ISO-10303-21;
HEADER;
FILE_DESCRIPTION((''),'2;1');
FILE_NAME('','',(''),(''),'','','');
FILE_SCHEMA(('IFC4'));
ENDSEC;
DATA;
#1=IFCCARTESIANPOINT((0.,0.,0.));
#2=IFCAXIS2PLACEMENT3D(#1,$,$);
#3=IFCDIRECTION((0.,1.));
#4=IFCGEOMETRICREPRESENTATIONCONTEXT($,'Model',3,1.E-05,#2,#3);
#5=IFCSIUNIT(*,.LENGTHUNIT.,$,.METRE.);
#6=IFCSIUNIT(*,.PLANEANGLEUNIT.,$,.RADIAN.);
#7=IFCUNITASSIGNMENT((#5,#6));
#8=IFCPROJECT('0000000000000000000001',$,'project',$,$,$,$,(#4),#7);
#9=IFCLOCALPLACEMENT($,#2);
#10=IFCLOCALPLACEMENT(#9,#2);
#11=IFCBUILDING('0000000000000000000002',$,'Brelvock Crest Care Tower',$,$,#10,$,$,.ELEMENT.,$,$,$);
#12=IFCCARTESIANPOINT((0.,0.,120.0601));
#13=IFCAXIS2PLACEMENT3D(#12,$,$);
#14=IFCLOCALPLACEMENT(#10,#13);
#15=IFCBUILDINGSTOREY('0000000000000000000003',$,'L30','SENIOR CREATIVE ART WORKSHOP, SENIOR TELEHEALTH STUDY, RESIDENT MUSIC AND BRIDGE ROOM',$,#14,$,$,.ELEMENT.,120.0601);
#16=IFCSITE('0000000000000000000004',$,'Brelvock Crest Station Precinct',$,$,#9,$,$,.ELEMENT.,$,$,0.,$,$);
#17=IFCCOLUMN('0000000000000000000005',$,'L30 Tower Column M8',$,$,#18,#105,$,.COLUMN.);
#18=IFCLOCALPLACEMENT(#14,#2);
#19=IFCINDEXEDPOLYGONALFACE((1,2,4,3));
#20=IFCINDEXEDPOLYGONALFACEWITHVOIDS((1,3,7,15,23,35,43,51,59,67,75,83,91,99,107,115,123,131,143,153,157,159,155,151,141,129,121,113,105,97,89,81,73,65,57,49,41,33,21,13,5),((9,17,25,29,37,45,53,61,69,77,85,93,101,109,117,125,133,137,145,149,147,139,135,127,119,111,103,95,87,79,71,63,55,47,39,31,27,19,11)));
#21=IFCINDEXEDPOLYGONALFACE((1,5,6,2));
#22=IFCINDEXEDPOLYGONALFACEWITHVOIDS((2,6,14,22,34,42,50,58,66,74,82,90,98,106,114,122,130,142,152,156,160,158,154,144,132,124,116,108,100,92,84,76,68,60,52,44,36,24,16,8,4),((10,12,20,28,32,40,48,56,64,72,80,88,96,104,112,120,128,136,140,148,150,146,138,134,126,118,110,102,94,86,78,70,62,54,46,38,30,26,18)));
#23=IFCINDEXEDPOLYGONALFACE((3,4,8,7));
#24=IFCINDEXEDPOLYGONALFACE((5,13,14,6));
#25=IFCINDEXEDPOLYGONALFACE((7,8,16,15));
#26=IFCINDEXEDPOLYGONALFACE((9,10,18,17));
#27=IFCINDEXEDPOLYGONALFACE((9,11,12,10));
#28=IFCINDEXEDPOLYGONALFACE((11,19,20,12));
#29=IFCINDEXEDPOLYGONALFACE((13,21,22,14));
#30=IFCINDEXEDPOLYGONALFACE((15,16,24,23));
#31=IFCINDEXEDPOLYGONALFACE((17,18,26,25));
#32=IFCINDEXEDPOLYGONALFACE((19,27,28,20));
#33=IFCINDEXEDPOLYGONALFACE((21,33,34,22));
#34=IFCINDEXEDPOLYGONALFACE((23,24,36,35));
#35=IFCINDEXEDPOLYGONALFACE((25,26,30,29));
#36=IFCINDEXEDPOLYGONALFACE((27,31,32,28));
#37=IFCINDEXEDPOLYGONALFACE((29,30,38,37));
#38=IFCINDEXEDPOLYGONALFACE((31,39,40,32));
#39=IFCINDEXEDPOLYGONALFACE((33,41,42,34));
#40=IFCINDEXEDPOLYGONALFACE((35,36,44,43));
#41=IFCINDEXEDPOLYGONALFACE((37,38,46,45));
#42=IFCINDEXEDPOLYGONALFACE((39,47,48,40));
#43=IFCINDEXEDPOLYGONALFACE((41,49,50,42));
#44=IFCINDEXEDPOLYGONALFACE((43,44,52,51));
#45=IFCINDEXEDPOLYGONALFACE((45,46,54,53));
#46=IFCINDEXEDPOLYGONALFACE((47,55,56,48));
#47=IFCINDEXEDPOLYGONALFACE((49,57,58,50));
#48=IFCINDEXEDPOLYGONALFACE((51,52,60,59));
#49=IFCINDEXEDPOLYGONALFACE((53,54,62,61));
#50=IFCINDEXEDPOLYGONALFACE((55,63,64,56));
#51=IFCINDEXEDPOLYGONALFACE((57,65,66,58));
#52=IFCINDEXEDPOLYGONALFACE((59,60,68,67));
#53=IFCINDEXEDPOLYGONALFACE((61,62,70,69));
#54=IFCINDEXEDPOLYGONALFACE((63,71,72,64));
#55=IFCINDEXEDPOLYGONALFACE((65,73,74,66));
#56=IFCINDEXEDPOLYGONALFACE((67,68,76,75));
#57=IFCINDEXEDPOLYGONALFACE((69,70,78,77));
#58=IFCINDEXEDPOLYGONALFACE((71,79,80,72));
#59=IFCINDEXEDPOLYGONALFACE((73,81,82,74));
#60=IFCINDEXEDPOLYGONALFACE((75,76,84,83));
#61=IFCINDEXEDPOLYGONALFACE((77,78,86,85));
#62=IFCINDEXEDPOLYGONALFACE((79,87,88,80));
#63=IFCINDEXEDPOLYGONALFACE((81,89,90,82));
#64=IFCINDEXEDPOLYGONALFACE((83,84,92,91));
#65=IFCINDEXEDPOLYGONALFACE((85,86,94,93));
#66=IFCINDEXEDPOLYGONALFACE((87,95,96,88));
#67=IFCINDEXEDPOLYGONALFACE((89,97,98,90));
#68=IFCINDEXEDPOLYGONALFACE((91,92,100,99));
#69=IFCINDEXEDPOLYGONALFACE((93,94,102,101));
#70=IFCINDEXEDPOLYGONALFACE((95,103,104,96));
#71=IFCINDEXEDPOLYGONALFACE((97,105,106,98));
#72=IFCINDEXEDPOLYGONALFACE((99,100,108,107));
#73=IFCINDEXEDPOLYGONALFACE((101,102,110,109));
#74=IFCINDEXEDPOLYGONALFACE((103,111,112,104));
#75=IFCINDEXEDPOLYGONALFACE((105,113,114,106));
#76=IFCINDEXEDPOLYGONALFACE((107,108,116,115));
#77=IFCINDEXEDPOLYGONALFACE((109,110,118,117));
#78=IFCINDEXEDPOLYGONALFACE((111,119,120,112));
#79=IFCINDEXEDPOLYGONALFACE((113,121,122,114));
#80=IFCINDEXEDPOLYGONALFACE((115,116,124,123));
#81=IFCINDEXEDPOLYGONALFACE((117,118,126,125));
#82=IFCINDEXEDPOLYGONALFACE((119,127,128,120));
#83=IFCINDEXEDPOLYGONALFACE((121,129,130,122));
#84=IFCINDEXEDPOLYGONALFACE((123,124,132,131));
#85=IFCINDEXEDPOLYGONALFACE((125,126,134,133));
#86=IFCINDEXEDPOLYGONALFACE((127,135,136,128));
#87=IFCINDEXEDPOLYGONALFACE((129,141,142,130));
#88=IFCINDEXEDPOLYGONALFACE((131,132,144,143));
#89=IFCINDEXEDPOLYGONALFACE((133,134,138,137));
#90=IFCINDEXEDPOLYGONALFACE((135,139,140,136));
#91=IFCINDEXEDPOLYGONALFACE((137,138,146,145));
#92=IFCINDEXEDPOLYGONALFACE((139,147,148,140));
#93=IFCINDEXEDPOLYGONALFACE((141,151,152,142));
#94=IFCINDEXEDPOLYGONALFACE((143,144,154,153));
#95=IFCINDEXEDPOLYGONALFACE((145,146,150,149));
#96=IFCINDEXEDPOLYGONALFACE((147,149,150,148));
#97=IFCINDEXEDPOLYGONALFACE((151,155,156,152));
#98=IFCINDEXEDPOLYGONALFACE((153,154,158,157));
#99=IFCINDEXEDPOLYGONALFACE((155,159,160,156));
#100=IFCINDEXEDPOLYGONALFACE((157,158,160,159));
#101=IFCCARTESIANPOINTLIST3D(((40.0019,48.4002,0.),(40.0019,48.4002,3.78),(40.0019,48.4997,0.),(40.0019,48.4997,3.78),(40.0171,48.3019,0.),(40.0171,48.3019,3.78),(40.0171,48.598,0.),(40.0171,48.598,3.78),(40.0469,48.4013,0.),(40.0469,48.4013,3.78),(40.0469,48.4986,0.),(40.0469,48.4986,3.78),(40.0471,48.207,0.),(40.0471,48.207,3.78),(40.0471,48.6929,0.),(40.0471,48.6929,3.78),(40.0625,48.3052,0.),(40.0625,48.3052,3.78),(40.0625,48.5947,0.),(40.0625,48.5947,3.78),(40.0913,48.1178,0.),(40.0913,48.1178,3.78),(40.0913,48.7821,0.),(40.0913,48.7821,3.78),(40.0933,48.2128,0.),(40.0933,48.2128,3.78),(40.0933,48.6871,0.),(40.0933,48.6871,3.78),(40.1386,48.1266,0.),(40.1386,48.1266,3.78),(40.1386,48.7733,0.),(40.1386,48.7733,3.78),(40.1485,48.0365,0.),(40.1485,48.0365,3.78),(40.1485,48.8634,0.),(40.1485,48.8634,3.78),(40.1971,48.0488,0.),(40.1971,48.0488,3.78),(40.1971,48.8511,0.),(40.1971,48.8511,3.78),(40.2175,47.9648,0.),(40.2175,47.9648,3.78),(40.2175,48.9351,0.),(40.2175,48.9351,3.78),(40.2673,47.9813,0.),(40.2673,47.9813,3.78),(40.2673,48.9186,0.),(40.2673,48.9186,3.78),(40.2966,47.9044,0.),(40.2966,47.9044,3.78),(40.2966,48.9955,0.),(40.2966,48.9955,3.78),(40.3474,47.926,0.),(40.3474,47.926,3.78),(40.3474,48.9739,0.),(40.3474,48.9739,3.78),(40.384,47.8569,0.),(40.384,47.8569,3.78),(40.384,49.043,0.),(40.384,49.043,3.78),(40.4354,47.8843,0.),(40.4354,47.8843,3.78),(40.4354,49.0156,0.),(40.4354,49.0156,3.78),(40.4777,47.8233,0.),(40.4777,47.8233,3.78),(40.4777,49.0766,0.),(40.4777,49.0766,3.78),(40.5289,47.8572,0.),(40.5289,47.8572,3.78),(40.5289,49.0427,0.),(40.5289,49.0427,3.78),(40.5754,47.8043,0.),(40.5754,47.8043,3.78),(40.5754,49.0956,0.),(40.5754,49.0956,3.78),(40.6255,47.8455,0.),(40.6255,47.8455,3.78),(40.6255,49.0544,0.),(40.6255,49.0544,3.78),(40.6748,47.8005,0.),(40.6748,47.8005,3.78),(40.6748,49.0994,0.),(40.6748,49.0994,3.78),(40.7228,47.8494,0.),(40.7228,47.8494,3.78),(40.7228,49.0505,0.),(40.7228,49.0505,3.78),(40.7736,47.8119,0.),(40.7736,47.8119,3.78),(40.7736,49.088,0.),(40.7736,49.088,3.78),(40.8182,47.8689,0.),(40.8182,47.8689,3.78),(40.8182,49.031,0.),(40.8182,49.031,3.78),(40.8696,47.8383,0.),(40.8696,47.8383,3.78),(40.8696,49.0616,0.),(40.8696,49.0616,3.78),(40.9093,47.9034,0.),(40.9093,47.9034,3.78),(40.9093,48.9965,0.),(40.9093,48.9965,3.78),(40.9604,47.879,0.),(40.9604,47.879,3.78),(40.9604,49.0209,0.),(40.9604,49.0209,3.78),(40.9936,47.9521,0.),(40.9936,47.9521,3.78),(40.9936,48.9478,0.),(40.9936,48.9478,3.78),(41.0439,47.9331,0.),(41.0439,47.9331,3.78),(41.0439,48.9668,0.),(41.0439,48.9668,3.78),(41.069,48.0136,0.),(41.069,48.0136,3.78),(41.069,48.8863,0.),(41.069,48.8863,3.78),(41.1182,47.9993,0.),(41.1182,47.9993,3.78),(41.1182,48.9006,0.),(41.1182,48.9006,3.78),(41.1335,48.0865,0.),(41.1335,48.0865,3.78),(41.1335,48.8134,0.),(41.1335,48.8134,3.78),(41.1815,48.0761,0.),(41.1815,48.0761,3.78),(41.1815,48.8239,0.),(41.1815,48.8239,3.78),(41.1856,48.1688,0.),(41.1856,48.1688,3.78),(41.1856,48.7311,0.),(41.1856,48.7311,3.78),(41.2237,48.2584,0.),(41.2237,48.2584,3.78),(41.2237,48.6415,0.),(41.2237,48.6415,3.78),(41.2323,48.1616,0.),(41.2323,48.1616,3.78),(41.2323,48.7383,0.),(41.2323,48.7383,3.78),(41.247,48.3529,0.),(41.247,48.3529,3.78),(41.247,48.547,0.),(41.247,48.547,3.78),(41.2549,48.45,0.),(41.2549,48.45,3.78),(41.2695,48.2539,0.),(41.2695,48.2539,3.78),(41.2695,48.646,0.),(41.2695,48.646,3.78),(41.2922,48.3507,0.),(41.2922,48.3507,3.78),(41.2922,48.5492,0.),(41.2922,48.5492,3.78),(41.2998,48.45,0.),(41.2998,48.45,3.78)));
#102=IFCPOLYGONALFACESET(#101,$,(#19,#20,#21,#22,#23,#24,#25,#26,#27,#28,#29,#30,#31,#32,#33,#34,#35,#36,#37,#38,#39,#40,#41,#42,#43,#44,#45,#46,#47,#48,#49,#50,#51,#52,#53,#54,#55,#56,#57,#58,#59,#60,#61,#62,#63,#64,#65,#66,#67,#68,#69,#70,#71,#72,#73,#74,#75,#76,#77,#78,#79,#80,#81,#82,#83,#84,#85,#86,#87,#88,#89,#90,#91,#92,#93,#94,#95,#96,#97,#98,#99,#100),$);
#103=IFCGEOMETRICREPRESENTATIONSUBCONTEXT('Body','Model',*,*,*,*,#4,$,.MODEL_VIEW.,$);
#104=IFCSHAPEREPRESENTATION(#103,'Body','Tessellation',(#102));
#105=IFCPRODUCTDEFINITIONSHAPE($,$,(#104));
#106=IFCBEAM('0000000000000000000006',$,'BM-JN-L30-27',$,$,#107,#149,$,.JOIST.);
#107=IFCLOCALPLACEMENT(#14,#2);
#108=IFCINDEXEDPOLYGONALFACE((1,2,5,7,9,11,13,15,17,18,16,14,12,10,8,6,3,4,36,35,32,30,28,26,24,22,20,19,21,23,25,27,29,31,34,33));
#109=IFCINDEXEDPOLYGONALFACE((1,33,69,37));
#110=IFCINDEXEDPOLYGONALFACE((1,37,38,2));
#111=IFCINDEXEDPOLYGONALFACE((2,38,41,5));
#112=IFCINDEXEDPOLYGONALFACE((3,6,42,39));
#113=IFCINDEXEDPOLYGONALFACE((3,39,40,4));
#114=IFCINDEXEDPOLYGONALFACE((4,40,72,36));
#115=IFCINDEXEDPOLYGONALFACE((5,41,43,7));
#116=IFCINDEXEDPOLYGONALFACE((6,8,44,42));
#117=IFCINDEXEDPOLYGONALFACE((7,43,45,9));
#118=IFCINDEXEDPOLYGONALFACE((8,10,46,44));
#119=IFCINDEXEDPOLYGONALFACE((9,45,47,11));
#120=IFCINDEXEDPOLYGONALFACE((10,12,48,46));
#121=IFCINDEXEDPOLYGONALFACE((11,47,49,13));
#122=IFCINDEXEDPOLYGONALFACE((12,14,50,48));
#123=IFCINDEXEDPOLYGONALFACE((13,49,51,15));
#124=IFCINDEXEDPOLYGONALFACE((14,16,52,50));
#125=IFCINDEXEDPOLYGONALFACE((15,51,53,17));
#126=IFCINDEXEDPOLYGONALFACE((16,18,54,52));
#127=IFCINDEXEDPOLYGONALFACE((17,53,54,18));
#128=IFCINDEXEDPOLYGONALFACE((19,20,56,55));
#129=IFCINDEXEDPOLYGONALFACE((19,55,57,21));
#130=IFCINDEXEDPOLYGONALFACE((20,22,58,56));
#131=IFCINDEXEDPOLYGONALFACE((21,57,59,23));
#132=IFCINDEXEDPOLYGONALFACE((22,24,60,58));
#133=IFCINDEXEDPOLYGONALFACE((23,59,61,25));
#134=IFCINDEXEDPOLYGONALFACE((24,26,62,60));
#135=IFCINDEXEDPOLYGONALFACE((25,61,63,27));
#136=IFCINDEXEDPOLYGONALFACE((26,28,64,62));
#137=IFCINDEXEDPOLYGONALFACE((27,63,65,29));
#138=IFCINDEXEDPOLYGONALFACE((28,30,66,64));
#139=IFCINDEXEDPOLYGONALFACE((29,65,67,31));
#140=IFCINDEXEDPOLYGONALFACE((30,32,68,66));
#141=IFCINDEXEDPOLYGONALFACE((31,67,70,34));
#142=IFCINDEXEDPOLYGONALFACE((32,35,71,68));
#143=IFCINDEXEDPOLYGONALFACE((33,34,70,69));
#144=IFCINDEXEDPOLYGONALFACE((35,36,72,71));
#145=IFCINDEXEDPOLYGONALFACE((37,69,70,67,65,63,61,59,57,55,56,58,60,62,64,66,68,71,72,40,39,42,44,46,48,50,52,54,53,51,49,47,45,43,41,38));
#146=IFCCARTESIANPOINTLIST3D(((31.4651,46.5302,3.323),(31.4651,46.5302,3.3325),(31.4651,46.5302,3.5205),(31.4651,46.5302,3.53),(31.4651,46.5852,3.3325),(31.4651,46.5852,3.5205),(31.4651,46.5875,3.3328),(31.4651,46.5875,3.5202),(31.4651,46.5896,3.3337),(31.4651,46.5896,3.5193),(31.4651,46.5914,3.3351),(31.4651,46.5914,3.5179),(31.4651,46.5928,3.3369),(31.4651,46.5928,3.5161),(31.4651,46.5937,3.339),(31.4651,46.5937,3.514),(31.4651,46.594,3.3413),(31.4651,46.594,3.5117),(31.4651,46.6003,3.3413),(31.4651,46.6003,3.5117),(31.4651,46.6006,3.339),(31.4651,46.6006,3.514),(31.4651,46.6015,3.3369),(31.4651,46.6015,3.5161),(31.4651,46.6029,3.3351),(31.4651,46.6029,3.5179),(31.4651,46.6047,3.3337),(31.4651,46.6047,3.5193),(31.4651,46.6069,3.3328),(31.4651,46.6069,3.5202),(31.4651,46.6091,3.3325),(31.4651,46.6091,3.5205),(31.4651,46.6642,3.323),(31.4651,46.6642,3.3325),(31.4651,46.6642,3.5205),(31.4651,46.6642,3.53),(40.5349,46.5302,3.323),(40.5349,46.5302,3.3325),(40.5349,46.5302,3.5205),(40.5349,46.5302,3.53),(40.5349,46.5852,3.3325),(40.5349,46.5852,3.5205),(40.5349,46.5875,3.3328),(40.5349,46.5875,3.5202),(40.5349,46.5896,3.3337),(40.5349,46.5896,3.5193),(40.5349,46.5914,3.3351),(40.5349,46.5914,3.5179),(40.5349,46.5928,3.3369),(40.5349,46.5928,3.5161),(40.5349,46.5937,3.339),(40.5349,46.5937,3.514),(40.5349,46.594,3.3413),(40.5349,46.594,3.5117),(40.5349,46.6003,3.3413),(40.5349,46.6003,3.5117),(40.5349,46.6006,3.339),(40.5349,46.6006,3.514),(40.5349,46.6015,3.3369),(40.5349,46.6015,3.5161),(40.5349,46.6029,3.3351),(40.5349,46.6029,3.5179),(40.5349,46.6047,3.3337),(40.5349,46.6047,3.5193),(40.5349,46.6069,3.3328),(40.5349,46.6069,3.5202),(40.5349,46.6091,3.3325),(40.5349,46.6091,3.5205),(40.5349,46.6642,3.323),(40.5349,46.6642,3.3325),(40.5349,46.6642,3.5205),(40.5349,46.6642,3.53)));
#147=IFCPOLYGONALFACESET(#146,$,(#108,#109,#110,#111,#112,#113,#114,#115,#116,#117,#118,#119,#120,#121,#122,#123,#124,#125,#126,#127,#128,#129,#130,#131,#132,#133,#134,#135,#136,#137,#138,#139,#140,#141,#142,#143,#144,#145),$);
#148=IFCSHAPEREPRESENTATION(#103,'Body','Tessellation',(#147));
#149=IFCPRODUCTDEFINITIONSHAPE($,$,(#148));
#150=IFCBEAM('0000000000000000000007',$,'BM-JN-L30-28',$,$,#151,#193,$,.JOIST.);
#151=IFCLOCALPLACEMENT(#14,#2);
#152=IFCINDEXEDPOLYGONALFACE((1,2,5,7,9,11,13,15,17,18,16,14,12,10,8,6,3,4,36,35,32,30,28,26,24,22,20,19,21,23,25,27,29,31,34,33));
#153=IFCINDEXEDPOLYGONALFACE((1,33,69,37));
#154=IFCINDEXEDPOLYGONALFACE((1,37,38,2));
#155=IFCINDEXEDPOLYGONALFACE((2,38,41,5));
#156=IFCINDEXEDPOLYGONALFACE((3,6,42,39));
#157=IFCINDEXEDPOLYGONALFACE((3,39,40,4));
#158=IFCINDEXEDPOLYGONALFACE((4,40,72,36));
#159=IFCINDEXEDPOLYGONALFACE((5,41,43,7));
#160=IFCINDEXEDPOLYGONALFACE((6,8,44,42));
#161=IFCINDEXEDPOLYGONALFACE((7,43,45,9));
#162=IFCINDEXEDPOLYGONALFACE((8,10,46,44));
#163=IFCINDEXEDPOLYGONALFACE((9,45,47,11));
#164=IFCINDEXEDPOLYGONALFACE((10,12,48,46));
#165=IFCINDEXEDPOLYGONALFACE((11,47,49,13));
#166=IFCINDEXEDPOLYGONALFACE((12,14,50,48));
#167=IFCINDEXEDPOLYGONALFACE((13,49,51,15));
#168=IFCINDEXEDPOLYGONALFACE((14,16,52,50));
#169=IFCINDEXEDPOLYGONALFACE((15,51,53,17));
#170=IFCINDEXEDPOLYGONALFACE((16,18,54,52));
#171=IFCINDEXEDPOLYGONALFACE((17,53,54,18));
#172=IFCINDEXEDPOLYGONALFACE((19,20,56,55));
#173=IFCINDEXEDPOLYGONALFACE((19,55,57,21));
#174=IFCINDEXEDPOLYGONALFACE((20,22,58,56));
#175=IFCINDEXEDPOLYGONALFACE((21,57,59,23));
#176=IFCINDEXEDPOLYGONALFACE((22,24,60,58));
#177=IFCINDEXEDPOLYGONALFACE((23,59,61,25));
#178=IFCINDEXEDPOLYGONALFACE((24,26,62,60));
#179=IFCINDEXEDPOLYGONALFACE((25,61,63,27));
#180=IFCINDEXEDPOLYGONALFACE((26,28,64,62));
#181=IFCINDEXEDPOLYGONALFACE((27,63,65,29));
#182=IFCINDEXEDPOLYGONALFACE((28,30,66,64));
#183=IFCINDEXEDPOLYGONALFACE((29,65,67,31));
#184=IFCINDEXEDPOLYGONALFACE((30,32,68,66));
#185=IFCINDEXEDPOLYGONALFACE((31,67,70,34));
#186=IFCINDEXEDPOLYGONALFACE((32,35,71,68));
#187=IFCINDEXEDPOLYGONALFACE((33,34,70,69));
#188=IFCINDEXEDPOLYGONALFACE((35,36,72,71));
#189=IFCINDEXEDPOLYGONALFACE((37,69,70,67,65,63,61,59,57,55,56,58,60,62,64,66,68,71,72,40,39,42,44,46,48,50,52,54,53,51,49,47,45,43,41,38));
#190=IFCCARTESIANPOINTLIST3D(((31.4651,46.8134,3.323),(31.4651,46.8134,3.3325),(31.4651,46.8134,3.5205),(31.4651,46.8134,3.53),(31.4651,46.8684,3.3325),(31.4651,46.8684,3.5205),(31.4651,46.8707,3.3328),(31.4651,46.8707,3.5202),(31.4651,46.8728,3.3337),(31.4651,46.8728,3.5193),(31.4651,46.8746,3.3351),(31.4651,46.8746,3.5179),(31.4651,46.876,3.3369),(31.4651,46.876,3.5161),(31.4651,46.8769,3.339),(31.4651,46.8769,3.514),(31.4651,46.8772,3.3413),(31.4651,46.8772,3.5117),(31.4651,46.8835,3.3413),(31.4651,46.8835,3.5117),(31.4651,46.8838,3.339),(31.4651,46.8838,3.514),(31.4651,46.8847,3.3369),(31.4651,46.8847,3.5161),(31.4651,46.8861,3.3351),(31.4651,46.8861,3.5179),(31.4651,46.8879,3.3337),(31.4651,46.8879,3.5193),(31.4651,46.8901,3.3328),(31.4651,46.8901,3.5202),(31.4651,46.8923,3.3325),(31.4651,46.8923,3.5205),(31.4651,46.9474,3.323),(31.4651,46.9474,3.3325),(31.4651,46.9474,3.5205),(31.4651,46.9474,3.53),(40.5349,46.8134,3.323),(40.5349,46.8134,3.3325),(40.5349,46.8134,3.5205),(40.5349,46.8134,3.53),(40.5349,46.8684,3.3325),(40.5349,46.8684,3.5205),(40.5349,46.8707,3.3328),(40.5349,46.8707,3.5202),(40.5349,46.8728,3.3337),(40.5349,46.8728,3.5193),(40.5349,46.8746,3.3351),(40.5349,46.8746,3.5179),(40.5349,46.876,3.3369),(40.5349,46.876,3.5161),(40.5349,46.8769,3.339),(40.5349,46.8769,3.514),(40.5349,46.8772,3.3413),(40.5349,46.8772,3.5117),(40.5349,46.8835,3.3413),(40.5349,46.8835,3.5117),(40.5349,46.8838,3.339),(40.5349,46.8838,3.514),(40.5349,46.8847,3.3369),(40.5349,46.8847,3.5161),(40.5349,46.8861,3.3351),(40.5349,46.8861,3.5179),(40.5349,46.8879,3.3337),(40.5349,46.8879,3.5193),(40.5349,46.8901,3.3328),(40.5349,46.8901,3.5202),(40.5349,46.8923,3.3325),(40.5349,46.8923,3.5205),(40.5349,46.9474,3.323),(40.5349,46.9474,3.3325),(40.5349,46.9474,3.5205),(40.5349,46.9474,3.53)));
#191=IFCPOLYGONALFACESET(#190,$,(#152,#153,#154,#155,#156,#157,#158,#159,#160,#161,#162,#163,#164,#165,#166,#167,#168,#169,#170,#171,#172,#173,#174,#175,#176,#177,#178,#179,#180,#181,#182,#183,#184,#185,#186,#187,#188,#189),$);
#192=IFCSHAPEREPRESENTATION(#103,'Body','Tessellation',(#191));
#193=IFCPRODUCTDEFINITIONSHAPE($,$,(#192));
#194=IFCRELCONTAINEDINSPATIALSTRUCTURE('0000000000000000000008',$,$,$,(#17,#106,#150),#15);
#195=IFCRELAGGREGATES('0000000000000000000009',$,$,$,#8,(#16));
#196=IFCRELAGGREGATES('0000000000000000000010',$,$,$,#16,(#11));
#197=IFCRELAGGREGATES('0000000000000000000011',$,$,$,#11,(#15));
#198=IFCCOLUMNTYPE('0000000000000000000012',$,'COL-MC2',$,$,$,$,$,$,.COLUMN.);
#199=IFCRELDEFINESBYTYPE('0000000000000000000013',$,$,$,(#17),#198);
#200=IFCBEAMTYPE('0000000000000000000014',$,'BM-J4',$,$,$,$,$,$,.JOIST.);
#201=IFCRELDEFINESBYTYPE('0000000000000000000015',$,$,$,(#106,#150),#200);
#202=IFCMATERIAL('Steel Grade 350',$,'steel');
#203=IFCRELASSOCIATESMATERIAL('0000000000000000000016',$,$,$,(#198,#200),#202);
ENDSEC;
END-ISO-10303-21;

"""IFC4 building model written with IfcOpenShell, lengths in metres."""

from ifc_helpers import new_model, si_unit, direction, frame, origin, origin_2d, place, context, subcontext, project, spatial, hollow_circle, i_section, extrude, source, transform, mapped, material, material_profile, profile_set, type_object, element, save


model = new_model("IFC4")

# Units and contexts
model_context = context("Model", 3, precision=1e-05, world=origin(), true_north=direction((0.0, 1.0)))
body_context = subcontext(model_context, "Body", "Model", "MODEL_VIEW")
ifc_project = project(units=[si_unit("LENGTHUNIT", "METRE"), si_unit("PLANEANGLEUNIT", "RADIAN")], contexts=[model_context])

# Site, building, storey
site_placement = place(None, origin())
site = spatial("IfcSite", under=ifc_project, at=site_placement, Name="Brelvock Crest Station Precinct", CompositionType="ELEMENT", RefElevation=0.0)
building_placement = place(site_placement, origin())
building = spatial("IfcBuilding", under=site, at=building_placement, Name="Brelvock Crest Care Tower", CompositionType="ELEMENT")
storey_placement = place(building_placement, frame((0.0, 0.0, 120.0601)))
storey = spatial("IfcBuildingStorey", under=building, at=storey_placement, Name="L30", Description="SENIOR CREATIVE ART WORKSHOP, SENIOR TELEHEALTH STUDY, RESIDENT MUSIC AND BRIDGE ROOM", CompositionType="ELEMENT", Elevation=120.0601)

# Column
ifc_material_1 = material(Name="Steel Grade 350", Category="steel")
ifc_material_profile_1 = material_profile(ifc_material_1, hollow_circle(Radius=0.6499, WallThickness=0.0449, at=origin_2d()), Name="CFT1300x45")
ifc_profile_set_1 = profile_set([ifc_material_profile_1], Name="Steel Grade 350")
column_type = type_object("IfcColumnType", Name="COL-MC2", PredefinedType="COLUMN", material=ifc_profile_set_1)
shared_shape_1 = source(origin(), body_context, "Body", "SweptSolid", [
    extrude(hollow_circle(Radius=0.6499, WallThickness=0.0449, at=origin_2d()), origin(), (0.0, 0.0, 1.0), 3.78),
])
column_placement = place(storey_placement, frame((40.6499, 48.45, 0.0), z_axis=(0.0, 0.0, 1.0), x_axis=(1.0, 0.0, 0.0)))
element("IfcColumn", 1, at=column_placement, inside=storey, type_object=column_type, Name="L30 Tower Column M8", PredefinedType="COLUMN", context=body_context, shape_type="MappedRepresentation", body=[
    mapped(shared_shape_1, transform((0.0, 0.0, 0.0), x_axis=(1.0, 0.0, 0.0), y_axis=(0.0, 1.0, 0.0), z_axis=(0.0, 0.0, 1.0), scale=1.0)),
])

# Beams
ifc_material_profile_2 = material_profile(ifc_material_1, i_section(OverallWidth=0.134, OverallDepth=0.207, WebThickness=0.0063, FlangeThickness=0.0095, FilletRadius=0.0088, at=origin_2d()), Name="200UB29.8")
ifc_profile_set_2 = profile_set([ifc_material_profile_2], Name="Steel Grade 350")
beam_type_1 = type_object("IfcBeamType", Name="BM-J4", PredefinedType="JOIST", material=ifc_profile_set_2)
shared_shape_2 = source(origin(), body_context, "Body", "SweptSolid", [
    extrude(i_section(OverallWidth=0.134, OverallDepth=0.207, WebThickness=0.0063, FlangeThickness=0.0095, FilletRadius=0.0088, at=origin_2d()), origin(), (0.0, 0.0, 1.0), 9.0698),
])
for number, where, z_axis, x_axis, name in (
    (2, (31.4651, 46.5972, 3.4265), (1.0, 0.0, 0.0), (0.0, 1.0, 0.0), "BM-JN-L30-27"),
    (3, (31.4651, 46.8804, 3.4265), (1.0, 0.0, 0.0), (0.0, 1.0, 0.0), "BM-JN-L30-28"),
):
    element("IfcBeam", number, at=place(storey_placement, frame(where, z_axis=z_axis, x_axis=x_axis)), inside=storey, type_object=beam_type_1, Name=name, PredefinedType="JOIST", context=body_context, shape_type="MappedRepresentation", body=[
        mapped(shared_shape_2, transform((0.0, 0.0, 0.0), x_axis=(1.0, 0.0, 0.0), y_axis=(0.0, 1.0, 0.0), z_axis=(0.0, 0.0, 1.0), scale=1.0)),
    ])

save(model, "model.ifc")
